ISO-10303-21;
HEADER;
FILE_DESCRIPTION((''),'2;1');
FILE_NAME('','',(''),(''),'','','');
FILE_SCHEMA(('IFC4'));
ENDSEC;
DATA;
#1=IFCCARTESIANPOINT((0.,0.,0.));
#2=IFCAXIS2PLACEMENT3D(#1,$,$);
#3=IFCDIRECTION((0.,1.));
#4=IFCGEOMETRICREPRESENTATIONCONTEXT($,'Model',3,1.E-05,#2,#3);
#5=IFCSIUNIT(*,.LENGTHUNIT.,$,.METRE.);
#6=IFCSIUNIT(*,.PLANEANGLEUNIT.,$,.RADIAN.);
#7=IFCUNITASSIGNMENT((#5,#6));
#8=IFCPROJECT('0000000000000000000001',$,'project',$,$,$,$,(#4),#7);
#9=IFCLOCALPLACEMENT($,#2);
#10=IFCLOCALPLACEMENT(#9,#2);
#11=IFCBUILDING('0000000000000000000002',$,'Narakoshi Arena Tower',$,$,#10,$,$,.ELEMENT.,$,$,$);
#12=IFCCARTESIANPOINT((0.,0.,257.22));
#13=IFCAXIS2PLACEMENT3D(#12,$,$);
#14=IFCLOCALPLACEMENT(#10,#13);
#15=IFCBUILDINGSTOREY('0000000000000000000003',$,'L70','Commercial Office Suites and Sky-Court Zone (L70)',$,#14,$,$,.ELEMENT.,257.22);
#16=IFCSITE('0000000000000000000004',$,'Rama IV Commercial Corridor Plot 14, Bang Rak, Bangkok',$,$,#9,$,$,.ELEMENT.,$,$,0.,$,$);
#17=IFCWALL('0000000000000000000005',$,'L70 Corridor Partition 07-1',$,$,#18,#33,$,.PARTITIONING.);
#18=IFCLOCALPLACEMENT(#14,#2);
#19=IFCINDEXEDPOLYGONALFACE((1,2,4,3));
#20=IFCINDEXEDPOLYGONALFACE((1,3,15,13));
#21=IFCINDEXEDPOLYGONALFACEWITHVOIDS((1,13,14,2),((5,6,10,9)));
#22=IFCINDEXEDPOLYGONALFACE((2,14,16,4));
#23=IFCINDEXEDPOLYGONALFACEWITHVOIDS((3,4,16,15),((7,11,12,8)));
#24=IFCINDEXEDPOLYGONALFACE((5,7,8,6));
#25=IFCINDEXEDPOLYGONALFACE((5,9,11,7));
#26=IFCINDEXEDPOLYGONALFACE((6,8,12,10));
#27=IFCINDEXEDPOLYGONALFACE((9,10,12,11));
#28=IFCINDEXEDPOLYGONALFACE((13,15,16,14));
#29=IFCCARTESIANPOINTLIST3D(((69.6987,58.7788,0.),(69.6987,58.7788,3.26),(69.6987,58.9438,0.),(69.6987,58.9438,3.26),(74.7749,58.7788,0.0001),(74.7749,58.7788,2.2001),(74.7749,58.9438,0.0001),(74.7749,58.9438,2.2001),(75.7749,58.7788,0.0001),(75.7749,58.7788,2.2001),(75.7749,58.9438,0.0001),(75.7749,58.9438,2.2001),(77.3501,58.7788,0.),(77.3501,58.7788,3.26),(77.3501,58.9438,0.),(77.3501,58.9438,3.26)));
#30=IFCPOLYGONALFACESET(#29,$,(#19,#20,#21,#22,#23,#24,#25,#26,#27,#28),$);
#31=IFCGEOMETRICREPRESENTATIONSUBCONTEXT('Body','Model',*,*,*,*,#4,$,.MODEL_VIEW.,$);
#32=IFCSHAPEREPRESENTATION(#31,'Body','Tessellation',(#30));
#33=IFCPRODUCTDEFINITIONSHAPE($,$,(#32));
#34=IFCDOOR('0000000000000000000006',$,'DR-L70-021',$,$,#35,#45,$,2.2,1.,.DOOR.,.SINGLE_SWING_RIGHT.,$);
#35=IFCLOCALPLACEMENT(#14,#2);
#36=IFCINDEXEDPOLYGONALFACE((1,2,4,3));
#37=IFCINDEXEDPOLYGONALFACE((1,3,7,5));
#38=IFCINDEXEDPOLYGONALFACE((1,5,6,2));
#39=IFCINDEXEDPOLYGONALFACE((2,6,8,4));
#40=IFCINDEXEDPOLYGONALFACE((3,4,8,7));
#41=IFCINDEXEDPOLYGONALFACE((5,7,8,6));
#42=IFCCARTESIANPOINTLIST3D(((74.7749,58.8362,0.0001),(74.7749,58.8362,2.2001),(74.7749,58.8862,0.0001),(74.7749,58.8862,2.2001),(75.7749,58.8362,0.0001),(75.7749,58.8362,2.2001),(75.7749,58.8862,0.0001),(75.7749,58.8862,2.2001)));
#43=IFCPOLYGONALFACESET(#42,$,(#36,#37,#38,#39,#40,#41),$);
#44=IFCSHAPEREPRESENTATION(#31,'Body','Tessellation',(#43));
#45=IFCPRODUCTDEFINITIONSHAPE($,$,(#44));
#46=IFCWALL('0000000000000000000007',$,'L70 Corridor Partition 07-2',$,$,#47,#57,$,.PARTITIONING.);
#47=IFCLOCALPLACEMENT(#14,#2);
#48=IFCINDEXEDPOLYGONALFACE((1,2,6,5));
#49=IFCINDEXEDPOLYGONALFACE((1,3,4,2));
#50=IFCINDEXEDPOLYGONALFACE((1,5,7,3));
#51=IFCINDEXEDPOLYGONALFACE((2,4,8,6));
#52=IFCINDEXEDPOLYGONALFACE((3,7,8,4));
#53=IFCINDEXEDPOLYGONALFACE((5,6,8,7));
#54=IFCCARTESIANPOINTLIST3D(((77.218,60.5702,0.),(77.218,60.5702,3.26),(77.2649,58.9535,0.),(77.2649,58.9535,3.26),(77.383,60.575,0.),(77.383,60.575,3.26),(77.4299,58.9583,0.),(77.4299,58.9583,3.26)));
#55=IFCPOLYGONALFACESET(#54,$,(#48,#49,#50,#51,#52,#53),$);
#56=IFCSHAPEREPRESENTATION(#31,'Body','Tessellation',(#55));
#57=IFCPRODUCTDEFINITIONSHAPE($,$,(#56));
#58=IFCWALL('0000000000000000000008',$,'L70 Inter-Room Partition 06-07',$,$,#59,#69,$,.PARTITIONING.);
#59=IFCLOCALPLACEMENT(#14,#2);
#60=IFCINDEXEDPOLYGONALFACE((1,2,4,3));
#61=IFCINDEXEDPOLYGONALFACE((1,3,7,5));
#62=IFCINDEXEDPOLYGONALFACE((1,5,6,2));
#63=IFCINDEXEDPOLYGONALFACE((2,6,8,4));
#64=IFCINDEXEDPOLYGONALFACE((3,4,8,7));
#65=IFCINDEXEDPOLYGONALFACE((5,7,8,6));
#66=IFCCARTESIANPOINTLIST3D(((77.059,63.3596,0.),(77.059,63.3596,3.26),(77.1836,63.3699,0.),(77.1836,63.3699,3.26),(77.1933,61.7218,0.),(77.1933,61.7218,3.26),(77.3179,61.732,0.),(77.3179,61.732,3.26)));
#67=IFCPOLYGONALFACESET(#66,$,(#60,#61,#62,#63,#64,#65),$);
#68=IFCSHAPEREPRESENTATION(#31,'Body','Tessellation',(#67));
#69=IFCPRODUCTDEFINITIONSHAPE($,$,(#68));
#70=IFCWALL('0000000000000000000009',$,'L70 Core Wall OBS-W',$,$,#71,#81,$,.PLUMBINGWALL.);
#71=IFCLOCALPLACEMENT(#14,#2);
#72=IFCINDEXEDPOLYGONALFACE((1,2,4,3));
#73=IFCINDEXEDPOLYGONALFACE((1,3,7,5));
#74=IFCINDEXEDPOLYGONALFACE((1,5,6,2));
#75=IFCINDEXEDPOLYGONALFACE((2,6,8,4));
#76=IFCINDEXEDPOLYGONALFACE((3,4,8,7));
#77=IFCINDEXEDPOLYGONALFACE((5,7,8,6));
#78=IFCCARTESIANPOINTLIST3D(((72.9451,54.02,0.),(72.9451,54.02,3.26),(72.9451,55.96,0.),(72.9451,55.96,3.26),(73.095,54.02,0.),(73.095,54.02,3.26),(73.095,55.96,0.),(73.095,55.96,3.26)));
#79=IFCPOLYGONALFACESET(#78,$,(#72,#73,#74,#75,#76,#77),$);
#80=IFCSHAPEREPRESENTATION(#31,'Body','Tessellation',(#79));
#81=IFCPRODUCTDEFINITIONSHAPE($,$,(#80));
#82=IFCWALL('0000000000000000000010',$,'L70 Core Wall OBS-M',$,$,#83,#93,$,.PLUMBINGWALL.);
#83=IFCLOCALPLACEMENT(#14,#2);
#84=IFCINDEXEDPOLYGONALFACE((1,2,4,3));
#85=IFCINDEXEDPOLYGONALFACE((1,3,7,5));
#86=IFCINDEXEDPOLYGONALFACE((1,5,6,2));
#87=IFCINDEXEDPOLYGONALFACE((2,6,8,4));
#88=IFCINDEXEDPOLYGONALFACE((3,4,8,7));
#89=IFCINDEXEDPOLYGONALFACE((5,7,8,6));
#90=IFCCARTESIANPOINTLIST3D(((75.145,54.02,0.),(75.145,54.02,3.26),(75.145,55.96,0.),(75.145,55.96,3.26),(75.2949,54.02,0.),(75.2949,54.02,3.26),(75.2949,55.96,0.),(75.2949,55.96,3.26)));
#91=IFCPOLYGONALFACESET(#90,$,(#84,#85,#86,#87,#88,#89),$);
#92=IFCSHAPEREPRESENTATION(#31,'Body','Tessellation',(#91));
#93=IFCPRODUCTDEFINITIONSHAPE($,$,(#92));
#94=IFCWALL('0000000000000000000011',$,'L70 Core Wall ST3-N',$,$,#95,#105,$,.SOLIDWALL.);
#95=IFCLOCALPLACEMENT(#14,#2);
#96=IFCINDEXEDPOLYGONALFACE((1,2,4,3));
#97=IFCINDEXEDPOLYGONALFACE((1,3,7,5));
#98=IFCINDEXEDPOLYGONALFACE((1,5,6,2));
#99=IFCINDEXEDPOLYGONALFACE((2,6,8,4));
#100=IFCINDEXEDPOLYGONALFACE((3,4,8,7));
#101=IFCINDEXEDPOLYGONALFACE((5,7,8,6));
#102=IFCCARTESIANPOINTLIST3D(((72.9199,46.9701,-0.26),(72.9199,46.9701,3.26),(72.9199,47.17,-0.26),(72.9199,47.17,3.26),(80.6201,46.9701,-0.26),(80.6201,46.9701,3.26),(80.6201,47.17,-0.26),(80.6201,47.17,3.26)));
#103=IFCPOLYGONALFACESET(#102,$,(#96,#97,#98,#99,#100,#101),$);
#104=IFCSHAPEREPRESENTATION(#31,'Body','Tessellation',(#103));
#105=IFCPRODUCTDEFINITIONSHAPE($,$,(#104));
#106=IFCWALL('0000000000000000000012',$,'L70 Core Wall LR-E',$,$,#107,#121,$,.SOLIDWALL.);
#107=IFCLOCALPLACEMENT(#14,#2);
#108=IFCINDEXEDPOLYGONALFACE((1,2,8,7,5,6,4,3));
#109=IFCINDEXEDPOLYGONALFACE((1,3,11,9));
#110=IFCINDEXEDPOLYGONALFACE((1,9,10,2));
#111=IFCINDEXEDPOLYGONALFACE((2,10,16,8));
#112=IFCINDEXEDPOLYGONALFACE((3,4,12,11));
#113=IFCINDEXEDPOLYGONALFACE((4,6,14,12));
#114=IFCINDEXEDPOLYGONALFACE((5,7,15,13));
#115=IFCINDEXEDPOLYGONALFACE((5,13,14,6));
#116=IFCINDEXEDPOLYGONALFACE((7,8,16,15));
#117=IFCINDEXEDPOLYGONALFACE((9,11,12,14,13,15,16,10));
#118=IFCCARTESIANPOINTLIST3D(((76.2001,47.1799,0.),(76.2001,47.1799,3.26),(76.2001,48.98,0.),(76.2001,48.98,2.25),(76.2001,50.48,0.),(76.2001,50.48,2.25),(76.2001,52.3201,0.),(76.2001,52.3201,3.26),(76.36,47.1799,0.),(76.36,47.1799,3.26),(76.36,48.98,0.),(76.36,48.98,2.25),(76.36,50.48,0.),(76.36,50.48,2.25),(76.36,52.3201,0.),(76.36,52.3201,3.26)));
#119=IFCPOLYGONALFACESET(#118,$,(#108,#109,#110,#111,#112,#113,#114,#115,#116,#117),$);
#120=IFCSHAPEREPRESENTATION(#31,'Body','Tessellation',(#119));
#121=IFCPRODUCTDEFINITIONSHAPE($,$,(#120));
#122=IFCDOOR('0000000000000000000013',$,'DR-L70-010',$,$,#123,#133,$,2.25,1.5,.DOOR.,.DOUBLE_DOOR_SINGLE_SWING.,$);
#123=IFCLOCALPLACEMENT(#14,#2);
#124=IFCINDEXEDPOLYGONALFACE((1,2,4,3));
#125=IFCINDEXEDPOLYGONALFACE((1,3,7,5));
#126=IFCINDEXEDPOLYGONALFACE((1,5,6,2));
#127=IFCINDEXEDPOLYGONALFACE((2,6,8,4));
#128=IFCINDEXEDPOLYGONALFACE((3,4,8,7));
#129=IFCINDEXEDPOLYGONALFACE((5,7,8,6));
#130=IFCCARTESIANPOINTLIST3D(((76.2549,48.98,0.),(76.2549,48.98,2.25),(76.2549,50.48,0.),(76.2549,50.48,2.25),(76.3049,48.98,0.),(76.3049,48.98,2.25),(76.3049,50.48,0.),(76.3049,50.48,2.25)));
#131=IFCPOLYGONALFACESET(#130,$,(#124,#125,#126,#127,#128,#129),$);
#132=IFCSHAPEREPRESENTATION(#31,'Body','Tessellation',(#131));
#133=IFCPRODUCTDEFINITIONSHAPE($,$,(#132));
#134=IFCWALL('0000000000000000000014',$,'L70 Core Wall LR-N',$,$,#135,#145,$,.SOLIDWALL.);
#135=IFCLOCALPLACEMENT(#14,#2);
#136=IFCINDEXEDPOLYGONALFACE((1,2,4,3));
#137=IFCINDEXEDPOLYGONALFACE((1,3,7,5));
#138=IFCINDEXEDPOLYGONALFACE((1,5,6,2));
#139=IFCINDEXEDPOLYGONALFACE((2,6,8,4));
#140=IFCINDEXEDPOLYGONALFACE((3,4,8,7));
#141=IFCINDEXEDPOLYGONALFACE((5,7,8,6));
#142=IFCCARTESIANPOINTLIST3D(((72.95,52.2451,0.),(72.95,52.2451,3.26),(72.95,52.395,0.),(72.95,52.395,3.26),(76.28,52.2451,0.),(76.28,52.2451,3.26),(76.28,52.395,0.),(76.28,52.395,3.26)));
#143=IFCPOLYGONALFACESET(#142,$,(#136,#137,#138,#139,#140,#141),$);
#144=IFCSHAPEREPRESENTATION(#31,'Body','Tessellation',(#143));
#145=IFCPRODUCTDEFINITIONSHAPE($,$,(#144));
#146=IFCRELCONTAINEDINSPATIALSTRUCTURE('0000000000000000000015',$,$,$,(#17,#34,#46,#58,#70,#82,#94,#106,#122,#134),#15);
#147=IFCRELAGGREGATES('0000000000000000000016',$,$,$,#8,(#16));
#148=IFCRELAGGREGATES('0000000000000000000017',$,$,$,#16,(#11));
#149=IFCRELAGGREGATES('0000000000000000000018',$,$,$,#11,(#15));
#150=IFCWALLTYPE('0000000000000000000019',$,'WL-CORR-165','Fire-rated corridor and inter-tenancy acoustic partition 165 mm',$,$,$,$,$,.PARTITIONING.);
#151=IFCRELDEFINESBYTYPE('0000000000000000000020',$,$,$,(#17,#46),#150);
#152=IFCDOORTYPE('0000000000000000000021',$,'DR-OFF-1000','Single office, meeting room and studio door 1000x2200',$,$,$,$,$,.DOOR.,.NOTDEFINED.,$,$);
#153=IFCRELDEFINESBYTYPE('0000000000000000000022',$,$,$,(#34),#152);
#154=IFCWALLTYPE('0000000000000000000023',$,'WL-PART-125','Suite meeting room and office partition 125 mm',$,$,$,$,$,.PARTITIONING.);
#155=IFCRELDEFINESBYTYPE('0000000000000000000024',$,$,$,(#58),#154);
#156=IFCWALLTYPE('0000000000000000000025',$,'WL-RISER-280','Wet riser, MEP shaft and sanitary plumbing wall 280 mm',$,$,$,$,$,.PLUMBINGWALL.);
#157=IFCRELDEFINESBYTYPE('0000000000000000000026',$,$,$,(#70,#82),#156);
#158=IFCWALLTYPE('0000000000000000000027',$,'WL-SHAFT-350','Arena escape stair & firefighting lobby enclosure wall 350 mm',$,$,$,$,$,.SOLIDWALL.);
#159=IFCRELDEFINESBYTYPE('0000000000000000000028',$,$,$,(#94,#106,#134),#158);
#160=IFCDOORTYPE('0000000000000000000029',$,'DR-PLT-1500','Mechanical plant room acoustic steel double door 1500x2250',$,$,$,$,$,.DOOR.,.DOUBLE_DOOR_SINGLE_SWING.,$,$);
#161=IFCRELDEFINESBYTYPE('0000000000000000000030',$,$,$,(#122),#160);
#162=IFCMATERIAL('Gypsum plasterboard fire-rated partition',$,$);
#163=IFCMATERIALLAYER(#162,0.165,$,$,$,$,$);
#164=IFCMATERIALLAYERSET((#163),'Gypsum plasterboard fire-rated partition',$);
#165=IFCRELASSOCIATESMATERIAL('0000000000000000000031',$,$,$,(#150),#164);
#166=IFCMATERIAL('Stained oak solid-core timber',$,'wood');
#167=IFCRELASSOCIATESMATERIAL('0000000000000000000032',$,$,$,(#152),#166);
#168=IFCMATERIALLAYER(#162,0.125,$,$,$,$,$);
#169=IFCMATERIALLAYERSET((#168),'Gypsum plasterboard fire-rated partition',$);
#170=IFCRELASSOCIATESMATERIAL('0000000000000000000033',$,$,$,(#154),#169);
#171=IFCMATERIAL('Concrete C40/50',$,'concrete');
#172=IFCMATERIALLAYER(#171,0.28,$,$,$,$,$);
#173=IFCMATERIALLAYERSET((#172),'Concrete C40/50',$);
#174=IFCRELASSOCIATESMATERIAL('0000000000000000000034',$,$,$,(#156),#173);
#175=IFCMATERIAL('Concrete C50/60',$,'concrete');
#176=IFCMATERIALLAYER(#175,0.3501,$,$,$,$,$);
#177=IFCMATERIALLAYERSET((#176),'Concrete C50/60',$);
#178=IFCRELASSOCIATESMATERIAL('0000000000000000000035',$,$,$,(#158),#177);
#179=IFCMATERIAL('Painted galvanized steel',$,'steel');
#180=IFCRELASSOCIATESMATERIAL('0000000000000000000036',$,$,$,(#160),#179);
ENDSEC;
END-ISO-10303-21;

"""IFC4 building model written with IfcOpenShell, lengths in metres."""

from ifc_helpers import new_model, si_unit, direction, frame, frame_2d, origin, place, context, subcontext, project, spatial, rectangle, extrude, material, layer, layer_set, type_object, element, fill, save


model = new_model("IFC4")

# Units and contexts
model_context = context("Model", 3, precision=1e-05, world=origin(), true_north=direction((0.0, 1.0)))
body_context = subcontext(model_context, "Body", "Model", "MODEL_VIEW")
ifc_project = project(units=[si_unit("LENGTHUNIT", "METRE"), si_unit("PLANEANGLEUNIT", "RADIAN")], contexts=[model_context])

# Site, building, storey
site_placement = place(None, origin())
site = spatial("IfcSite", under=ifc_project, at=site_placement, Name="Rama IV Commercial Corridor Plot 14, Bang Rak, Bangkok", CompositionType="ELEMENT", RefElevation=0.0)
building_placement = place(site_placement, origin())
building = spatial("IfcBuilding", under=site, at=building_placement, Name="Narakoshi Arena Tower", CompositionType="ELEMENT")
storey_placement = place(building_placement, frame((0.0, 0.0, 257.22)))
storey = spatial("IfcBuildingStorey", under=building, at=storey_placement, Name="L70", Description="Commercial Office Suites and Sky-Court Zone (L70)", CompositionType="ELEMENT", Elevation=257.22)

# Shared definitions
ifc_material_1 = material(Name="Concrete C50/60", Category="concrete")

# Shared definitions
ifc_material_2 = material(Name="Gypsum plasterboard fire-rated partition")
ifc_layer_1 = layer(ifc_material_2, 0.165)
ifc_layer_set_1 = layer_set([ifc_layer_1], Name="Gypsum plasterboard fire-rated partition")
wall_type_1 = type_object("IfcWallType", Name="WL-CORR-165", Description="Fire-rated corridor and inter-tenancy acoustic partition 165 mm", PredefinedType="PARTITIONING", material=ifc_layer_set_1)

# Wall, opening, door
wall_1_placement = place(storey_placement, frame((77.3501, 58.8613, 0.0), z_axis=(0.0, 0.0, 1.0), x_axis=(-1.0, 0.0, 0.0)))
wall_1 = element("IfcWall", 1, at=wall_1_placement, inside=storey, type_object=wall_type_1, Name="L70 Corridor Partition 07-1", PredefinedType="PARTITIONING", context=body_context, shape_type="SweptSolid", body=[
    extrude(rectangle(XDim=7.6514, YDim=0.165, at=frame_2d((3.8257, 0.0))), origin(), (0.0, 0.0, 1.0), 3.26),
])
opening_1_placement = place(wall_1_placement, frame((1.5752, 0.0, 0.0)))
opening_1 = element("IfcOpeningElement", 2, at=opening_1_placement, cuts=wall_1, PredefinedType="OPENING", context=body_context, shape_type="SweptSolid", body=[
    extrude(rectangle(XDim=1.0, YDim=2.2, at=frame_2d((0.5, 1.1001))), frame((0.0, 0.0925, 0.0), z_axis=(0.0, -1.0, 0.0), x_axis=(1.0, 0.0, 0.0)), (0.0, 0.0, 1.0), 0.1851),
])
ifc_material_3 = material(Name="Stained oak solid-core timber", Category="wood")
door_type_1 = type_object("IfcDoorType", Name="DR-OFF-1000", Description="Single office, meeting room and studio door 1000x2200", OperationType="NOTDEFINED", PredefinedType="DOOR", material=ifc_material_3)
door_1_placement = place(opening_1_placement, frame((1.0, 0.0, 0.0), z_axis=(0.0, 0.0, 1.0), x_axis=(-1.0, 0.0, 0.0)))
door_1 = element("IfcDoor", 3, at=door_1_placement, inside=storey, type_object=door_type_1, Name="DR-L70-021", OperationType="SINGLE_SWING_RIGHT", OverallHeight=2.2, OverallWidth=1.0, PredefinedType="DOOR", context=body_context, shape_type="SweptSolid", body=[
    extrude(rectangle(XDim=1.0, YDim=2.2, at=frame_2d((0.5, 1.1001))), frame((0.0, 0.0249, 0.0), z_axis=(0.0, -1.0, 0.0), x_axis=(1.0, 0.0, 0.0)), (0.0, 0.0, 1.0), 0.05),
])
fill(opening_1, door_1)

# Walls
wall_2_placement = place(storey_placement, frame((77.3005, 60.5725, 0.0), z_axis=(0.0, 0.0, 1.0), x_axis=(0.028982, -0.99958, 0.0)))
element("IfcWall", 4, at=wall_2_placement, inside=storey, type_object=wall_type_1, Name="L70 Corridor Partition 07-2", PredefinedType="PARTITIONING", context=body_context, shape_type="SweptSolid", body=[
    extrude(rectangle(XDim=1.6174, YDim=0.165, at=frame_2d((0.8086, 0.0))), origin(), (0.0, 0.0, 1.0), 3.26),
])
ifc_layer_2 = layer(ifc_material_2, 0.125)
ifc_layer_set_2 = layer_set([ifc_layer_2], Name="Gypsum plasterboard fire-rated partition")
wall_type_2 = type_object("IfcWallType", Name="WL-PART-125", Description="Suite meeting room and office partition 125 mm", PredefinedType="PARTITIONING", material=ifc_layer_set_2)
wall_3_placement = place(storey_placement, frame((77.2556, 61.7268, 0.0), z_axis=(0.0, 0.0, 1.0), x_axis=(-0.081717, 0.996656, 0.0)))
element("IfcWall", 5, at=wall_3_placement, inside=storey, type_object=wall_type_2, Name="L70 Inter-Room Partition 06-07", PredefinedType="PARTITIONING", context=body_context, shape_type="SweptSolid", body=[
    extrude(rectangle(XDim=1.6433, YDim=0.125, at=frame_2d((0.8218, 0.0))), origin(), (0.0, 0.0, 1.0), 3.26),
])
ifc_material_4 = material(Name="Concrete C40/50", Category="concrete")
ifc_layer_3 = layer(ifc_material_4, 0.28)
ifc_layer_set_3 = layer_set([ifc_layer_3], Name="Concrete C40/50")
wall_type_3 = type_object("IfcWallType", Name="WL-RISER-280", Description="Wet riser, MEP shaft and sanitary plumbing wall 280 mm", PredefinedType="PLUMBINGWALL", material=ifc_layer_set_3)
for number, where, z_axis, x_axis, name in (
    (6, (73.02, 54.02, 0.0), (0.0, 0.0, 1.0), (0.0, 1.0, 0.0), "L70 Core Wall OBS-W"),
    (7, (75.22, 54.02, 0.0), (0.0, 0.0, 1.0), (0.0, 1.0, 0.0), "L70 Core Wall OBS-M"),
):
    element("IfcWall", number, at=place(storey_placement, frame(where, z_axis=z_axis, x_axis=x_axis)), inside=storey, type_object=wall_type_3, Name=name, PredefinedType="PLUMBINGWALL", context=body_context, shape_type="SweptSolid", body=[
        extrude(rectangle(XDim=1.9399, YDim=0.1499, at=frame_2d((0.97, 0.0))), origin(), (0.0, 0.0, 1.0), 3.26),
    ])
ifc_layer_4 = layer(ifc_material_1, 0.3501)
ifc_layer_set_4 = layer_set([ifc_layer_4], Name="Concrete C50/60")
wall_type_4 = type_object("IfcWallType", Name="WL-SHAFT-350", Description="Arena escape stair & firefighting lobby enclosure wall 350 mm", PredefinedType="SOLIDWALL", material=ifc_layer_set_4)
wall_4_placement = place(storey_placement, frame((72.9199, 47.0701, -0.26), z_axis=(0.0, 0.0, 1.0), x_axis=(1.0, 0.0, 0.0)))
element("IfcWall", 8, at=wall_4_placement, inside=storey, type_object=wall_type_4, Name="L70 Core Wall ST3-N", PredefinedType="SOLIDWALL", context=body_context, shape_type="SweptSolid", body=[
    extrude(rectangle(XDim=7.7002, YDim=0.2, at=frame_2d((3.8501, 0.0))), origin(), (0.0, 0.0, 1.0), 3.52),
])

# Wall, opening, door
wall_5_placement = place(storey_placement, frame((76.28, 47.1799, 0.0), z_axis=(0.0, 0.0, 1.0), x_axis=(0.0, 1.0, 0.0)))
wall_5 = element("IfcWall", 9, at=wall_5_placement, inside=storey, type_object=wall_type_4, Name="L70 Core Wall LR-E", PredefinedType="SOLIDWALL", context=body_context, shape_type="SweptSolid", body=[
    extrude(rectangle(XDim=5.1401, YDim=0.1599, at=frame_2d((2.5701, 0.0))), origin(), (0.0, 0.0, 1.0), 3.26),
])
opening_2_placement = place(wall_5_placement, frame((1.8, 0.0, 0.0)))
opening_2 = element("IfcOpeningElement", 10, at=opening_2_placement, cuts=wall_5, PredefinedType="OPENING", context=body_context, shape_type="SweptSolid", body=[
    extrude(rectangle(XDim=1.5, YDim=2.25, at=frame_2d((0.75, 1.125))), frame((0.0, 0.0898, 0.0), z_axis=(0.0, -1.0, 0.0), x_axis=(1.0, 0.0, 0.0)), (0.0, 0.0, 1.0), 0.1799),
])
ifc_material_5 = material(Name="Painted galvanized steel", Category="steel")
door_type_2 = type_object("IfcDoorType", Name="DR-PLT-1500", Description="Mechanical plant room acoustic steel double door 1500x2250", OperationType="DOUBLE_DOOR_SINGLE_SWING", PredefinedType="DOOR", material=ifc_material_5)
door_2_placement = place(opening_2_placement, frame((1.5, 0.0, 0.0), z_axis=(0.0, 0.0, 1.0), x_axis=(-1.0, 0.0, 0.0)))
door_2 = element("IfcDoor", 11, at=door_2_placement, inside=storey, type_object=door_type_2, Name="DR-L70-010", OperationType="DOUBLE_DOOR_SINGLE_SWING", OverallHeight=2.25, OverallWidth=1.5, PredefinedType="DOOR", context=body_context, shape_type="SweptSolid", body=[
    extrude(rectangle(XDim=1.5, YDim=2.25, at=frame_2d((0.75, 1.125))), frame((0.0, 0.0249, 0.0), z_axis=(0.0, -1.0, 0.0), x_axis=(1.0, 0.0, 0.0)), (0.0, 0.0, 1.0), 0.05),
])
fill(opening_2, door_2)

# Wall
wall_6_placement = place(storey_placement, frame((72.95, 52.3201, 0.0), z_axis=(0.0, 0.0, 1.0), x_axis=(1.0, 0.0, 0.0)))
element("IfcWall", 12, at=wall_6_placement, inside=storey, type_object=wall_type_4, Name="L70 Core Wall LR-N", PredefinedType="SOLIDWALL", context=body_context, shape_type="SweptSolid", body=[
    extrude(rectangle(XDim=3.3301, YDim=0.1499, at=frame_2d((1.665, 0.0))), origin(), (0.0, 0.0, 1.0), 3.26),
])

save(model, "model.ifc")
